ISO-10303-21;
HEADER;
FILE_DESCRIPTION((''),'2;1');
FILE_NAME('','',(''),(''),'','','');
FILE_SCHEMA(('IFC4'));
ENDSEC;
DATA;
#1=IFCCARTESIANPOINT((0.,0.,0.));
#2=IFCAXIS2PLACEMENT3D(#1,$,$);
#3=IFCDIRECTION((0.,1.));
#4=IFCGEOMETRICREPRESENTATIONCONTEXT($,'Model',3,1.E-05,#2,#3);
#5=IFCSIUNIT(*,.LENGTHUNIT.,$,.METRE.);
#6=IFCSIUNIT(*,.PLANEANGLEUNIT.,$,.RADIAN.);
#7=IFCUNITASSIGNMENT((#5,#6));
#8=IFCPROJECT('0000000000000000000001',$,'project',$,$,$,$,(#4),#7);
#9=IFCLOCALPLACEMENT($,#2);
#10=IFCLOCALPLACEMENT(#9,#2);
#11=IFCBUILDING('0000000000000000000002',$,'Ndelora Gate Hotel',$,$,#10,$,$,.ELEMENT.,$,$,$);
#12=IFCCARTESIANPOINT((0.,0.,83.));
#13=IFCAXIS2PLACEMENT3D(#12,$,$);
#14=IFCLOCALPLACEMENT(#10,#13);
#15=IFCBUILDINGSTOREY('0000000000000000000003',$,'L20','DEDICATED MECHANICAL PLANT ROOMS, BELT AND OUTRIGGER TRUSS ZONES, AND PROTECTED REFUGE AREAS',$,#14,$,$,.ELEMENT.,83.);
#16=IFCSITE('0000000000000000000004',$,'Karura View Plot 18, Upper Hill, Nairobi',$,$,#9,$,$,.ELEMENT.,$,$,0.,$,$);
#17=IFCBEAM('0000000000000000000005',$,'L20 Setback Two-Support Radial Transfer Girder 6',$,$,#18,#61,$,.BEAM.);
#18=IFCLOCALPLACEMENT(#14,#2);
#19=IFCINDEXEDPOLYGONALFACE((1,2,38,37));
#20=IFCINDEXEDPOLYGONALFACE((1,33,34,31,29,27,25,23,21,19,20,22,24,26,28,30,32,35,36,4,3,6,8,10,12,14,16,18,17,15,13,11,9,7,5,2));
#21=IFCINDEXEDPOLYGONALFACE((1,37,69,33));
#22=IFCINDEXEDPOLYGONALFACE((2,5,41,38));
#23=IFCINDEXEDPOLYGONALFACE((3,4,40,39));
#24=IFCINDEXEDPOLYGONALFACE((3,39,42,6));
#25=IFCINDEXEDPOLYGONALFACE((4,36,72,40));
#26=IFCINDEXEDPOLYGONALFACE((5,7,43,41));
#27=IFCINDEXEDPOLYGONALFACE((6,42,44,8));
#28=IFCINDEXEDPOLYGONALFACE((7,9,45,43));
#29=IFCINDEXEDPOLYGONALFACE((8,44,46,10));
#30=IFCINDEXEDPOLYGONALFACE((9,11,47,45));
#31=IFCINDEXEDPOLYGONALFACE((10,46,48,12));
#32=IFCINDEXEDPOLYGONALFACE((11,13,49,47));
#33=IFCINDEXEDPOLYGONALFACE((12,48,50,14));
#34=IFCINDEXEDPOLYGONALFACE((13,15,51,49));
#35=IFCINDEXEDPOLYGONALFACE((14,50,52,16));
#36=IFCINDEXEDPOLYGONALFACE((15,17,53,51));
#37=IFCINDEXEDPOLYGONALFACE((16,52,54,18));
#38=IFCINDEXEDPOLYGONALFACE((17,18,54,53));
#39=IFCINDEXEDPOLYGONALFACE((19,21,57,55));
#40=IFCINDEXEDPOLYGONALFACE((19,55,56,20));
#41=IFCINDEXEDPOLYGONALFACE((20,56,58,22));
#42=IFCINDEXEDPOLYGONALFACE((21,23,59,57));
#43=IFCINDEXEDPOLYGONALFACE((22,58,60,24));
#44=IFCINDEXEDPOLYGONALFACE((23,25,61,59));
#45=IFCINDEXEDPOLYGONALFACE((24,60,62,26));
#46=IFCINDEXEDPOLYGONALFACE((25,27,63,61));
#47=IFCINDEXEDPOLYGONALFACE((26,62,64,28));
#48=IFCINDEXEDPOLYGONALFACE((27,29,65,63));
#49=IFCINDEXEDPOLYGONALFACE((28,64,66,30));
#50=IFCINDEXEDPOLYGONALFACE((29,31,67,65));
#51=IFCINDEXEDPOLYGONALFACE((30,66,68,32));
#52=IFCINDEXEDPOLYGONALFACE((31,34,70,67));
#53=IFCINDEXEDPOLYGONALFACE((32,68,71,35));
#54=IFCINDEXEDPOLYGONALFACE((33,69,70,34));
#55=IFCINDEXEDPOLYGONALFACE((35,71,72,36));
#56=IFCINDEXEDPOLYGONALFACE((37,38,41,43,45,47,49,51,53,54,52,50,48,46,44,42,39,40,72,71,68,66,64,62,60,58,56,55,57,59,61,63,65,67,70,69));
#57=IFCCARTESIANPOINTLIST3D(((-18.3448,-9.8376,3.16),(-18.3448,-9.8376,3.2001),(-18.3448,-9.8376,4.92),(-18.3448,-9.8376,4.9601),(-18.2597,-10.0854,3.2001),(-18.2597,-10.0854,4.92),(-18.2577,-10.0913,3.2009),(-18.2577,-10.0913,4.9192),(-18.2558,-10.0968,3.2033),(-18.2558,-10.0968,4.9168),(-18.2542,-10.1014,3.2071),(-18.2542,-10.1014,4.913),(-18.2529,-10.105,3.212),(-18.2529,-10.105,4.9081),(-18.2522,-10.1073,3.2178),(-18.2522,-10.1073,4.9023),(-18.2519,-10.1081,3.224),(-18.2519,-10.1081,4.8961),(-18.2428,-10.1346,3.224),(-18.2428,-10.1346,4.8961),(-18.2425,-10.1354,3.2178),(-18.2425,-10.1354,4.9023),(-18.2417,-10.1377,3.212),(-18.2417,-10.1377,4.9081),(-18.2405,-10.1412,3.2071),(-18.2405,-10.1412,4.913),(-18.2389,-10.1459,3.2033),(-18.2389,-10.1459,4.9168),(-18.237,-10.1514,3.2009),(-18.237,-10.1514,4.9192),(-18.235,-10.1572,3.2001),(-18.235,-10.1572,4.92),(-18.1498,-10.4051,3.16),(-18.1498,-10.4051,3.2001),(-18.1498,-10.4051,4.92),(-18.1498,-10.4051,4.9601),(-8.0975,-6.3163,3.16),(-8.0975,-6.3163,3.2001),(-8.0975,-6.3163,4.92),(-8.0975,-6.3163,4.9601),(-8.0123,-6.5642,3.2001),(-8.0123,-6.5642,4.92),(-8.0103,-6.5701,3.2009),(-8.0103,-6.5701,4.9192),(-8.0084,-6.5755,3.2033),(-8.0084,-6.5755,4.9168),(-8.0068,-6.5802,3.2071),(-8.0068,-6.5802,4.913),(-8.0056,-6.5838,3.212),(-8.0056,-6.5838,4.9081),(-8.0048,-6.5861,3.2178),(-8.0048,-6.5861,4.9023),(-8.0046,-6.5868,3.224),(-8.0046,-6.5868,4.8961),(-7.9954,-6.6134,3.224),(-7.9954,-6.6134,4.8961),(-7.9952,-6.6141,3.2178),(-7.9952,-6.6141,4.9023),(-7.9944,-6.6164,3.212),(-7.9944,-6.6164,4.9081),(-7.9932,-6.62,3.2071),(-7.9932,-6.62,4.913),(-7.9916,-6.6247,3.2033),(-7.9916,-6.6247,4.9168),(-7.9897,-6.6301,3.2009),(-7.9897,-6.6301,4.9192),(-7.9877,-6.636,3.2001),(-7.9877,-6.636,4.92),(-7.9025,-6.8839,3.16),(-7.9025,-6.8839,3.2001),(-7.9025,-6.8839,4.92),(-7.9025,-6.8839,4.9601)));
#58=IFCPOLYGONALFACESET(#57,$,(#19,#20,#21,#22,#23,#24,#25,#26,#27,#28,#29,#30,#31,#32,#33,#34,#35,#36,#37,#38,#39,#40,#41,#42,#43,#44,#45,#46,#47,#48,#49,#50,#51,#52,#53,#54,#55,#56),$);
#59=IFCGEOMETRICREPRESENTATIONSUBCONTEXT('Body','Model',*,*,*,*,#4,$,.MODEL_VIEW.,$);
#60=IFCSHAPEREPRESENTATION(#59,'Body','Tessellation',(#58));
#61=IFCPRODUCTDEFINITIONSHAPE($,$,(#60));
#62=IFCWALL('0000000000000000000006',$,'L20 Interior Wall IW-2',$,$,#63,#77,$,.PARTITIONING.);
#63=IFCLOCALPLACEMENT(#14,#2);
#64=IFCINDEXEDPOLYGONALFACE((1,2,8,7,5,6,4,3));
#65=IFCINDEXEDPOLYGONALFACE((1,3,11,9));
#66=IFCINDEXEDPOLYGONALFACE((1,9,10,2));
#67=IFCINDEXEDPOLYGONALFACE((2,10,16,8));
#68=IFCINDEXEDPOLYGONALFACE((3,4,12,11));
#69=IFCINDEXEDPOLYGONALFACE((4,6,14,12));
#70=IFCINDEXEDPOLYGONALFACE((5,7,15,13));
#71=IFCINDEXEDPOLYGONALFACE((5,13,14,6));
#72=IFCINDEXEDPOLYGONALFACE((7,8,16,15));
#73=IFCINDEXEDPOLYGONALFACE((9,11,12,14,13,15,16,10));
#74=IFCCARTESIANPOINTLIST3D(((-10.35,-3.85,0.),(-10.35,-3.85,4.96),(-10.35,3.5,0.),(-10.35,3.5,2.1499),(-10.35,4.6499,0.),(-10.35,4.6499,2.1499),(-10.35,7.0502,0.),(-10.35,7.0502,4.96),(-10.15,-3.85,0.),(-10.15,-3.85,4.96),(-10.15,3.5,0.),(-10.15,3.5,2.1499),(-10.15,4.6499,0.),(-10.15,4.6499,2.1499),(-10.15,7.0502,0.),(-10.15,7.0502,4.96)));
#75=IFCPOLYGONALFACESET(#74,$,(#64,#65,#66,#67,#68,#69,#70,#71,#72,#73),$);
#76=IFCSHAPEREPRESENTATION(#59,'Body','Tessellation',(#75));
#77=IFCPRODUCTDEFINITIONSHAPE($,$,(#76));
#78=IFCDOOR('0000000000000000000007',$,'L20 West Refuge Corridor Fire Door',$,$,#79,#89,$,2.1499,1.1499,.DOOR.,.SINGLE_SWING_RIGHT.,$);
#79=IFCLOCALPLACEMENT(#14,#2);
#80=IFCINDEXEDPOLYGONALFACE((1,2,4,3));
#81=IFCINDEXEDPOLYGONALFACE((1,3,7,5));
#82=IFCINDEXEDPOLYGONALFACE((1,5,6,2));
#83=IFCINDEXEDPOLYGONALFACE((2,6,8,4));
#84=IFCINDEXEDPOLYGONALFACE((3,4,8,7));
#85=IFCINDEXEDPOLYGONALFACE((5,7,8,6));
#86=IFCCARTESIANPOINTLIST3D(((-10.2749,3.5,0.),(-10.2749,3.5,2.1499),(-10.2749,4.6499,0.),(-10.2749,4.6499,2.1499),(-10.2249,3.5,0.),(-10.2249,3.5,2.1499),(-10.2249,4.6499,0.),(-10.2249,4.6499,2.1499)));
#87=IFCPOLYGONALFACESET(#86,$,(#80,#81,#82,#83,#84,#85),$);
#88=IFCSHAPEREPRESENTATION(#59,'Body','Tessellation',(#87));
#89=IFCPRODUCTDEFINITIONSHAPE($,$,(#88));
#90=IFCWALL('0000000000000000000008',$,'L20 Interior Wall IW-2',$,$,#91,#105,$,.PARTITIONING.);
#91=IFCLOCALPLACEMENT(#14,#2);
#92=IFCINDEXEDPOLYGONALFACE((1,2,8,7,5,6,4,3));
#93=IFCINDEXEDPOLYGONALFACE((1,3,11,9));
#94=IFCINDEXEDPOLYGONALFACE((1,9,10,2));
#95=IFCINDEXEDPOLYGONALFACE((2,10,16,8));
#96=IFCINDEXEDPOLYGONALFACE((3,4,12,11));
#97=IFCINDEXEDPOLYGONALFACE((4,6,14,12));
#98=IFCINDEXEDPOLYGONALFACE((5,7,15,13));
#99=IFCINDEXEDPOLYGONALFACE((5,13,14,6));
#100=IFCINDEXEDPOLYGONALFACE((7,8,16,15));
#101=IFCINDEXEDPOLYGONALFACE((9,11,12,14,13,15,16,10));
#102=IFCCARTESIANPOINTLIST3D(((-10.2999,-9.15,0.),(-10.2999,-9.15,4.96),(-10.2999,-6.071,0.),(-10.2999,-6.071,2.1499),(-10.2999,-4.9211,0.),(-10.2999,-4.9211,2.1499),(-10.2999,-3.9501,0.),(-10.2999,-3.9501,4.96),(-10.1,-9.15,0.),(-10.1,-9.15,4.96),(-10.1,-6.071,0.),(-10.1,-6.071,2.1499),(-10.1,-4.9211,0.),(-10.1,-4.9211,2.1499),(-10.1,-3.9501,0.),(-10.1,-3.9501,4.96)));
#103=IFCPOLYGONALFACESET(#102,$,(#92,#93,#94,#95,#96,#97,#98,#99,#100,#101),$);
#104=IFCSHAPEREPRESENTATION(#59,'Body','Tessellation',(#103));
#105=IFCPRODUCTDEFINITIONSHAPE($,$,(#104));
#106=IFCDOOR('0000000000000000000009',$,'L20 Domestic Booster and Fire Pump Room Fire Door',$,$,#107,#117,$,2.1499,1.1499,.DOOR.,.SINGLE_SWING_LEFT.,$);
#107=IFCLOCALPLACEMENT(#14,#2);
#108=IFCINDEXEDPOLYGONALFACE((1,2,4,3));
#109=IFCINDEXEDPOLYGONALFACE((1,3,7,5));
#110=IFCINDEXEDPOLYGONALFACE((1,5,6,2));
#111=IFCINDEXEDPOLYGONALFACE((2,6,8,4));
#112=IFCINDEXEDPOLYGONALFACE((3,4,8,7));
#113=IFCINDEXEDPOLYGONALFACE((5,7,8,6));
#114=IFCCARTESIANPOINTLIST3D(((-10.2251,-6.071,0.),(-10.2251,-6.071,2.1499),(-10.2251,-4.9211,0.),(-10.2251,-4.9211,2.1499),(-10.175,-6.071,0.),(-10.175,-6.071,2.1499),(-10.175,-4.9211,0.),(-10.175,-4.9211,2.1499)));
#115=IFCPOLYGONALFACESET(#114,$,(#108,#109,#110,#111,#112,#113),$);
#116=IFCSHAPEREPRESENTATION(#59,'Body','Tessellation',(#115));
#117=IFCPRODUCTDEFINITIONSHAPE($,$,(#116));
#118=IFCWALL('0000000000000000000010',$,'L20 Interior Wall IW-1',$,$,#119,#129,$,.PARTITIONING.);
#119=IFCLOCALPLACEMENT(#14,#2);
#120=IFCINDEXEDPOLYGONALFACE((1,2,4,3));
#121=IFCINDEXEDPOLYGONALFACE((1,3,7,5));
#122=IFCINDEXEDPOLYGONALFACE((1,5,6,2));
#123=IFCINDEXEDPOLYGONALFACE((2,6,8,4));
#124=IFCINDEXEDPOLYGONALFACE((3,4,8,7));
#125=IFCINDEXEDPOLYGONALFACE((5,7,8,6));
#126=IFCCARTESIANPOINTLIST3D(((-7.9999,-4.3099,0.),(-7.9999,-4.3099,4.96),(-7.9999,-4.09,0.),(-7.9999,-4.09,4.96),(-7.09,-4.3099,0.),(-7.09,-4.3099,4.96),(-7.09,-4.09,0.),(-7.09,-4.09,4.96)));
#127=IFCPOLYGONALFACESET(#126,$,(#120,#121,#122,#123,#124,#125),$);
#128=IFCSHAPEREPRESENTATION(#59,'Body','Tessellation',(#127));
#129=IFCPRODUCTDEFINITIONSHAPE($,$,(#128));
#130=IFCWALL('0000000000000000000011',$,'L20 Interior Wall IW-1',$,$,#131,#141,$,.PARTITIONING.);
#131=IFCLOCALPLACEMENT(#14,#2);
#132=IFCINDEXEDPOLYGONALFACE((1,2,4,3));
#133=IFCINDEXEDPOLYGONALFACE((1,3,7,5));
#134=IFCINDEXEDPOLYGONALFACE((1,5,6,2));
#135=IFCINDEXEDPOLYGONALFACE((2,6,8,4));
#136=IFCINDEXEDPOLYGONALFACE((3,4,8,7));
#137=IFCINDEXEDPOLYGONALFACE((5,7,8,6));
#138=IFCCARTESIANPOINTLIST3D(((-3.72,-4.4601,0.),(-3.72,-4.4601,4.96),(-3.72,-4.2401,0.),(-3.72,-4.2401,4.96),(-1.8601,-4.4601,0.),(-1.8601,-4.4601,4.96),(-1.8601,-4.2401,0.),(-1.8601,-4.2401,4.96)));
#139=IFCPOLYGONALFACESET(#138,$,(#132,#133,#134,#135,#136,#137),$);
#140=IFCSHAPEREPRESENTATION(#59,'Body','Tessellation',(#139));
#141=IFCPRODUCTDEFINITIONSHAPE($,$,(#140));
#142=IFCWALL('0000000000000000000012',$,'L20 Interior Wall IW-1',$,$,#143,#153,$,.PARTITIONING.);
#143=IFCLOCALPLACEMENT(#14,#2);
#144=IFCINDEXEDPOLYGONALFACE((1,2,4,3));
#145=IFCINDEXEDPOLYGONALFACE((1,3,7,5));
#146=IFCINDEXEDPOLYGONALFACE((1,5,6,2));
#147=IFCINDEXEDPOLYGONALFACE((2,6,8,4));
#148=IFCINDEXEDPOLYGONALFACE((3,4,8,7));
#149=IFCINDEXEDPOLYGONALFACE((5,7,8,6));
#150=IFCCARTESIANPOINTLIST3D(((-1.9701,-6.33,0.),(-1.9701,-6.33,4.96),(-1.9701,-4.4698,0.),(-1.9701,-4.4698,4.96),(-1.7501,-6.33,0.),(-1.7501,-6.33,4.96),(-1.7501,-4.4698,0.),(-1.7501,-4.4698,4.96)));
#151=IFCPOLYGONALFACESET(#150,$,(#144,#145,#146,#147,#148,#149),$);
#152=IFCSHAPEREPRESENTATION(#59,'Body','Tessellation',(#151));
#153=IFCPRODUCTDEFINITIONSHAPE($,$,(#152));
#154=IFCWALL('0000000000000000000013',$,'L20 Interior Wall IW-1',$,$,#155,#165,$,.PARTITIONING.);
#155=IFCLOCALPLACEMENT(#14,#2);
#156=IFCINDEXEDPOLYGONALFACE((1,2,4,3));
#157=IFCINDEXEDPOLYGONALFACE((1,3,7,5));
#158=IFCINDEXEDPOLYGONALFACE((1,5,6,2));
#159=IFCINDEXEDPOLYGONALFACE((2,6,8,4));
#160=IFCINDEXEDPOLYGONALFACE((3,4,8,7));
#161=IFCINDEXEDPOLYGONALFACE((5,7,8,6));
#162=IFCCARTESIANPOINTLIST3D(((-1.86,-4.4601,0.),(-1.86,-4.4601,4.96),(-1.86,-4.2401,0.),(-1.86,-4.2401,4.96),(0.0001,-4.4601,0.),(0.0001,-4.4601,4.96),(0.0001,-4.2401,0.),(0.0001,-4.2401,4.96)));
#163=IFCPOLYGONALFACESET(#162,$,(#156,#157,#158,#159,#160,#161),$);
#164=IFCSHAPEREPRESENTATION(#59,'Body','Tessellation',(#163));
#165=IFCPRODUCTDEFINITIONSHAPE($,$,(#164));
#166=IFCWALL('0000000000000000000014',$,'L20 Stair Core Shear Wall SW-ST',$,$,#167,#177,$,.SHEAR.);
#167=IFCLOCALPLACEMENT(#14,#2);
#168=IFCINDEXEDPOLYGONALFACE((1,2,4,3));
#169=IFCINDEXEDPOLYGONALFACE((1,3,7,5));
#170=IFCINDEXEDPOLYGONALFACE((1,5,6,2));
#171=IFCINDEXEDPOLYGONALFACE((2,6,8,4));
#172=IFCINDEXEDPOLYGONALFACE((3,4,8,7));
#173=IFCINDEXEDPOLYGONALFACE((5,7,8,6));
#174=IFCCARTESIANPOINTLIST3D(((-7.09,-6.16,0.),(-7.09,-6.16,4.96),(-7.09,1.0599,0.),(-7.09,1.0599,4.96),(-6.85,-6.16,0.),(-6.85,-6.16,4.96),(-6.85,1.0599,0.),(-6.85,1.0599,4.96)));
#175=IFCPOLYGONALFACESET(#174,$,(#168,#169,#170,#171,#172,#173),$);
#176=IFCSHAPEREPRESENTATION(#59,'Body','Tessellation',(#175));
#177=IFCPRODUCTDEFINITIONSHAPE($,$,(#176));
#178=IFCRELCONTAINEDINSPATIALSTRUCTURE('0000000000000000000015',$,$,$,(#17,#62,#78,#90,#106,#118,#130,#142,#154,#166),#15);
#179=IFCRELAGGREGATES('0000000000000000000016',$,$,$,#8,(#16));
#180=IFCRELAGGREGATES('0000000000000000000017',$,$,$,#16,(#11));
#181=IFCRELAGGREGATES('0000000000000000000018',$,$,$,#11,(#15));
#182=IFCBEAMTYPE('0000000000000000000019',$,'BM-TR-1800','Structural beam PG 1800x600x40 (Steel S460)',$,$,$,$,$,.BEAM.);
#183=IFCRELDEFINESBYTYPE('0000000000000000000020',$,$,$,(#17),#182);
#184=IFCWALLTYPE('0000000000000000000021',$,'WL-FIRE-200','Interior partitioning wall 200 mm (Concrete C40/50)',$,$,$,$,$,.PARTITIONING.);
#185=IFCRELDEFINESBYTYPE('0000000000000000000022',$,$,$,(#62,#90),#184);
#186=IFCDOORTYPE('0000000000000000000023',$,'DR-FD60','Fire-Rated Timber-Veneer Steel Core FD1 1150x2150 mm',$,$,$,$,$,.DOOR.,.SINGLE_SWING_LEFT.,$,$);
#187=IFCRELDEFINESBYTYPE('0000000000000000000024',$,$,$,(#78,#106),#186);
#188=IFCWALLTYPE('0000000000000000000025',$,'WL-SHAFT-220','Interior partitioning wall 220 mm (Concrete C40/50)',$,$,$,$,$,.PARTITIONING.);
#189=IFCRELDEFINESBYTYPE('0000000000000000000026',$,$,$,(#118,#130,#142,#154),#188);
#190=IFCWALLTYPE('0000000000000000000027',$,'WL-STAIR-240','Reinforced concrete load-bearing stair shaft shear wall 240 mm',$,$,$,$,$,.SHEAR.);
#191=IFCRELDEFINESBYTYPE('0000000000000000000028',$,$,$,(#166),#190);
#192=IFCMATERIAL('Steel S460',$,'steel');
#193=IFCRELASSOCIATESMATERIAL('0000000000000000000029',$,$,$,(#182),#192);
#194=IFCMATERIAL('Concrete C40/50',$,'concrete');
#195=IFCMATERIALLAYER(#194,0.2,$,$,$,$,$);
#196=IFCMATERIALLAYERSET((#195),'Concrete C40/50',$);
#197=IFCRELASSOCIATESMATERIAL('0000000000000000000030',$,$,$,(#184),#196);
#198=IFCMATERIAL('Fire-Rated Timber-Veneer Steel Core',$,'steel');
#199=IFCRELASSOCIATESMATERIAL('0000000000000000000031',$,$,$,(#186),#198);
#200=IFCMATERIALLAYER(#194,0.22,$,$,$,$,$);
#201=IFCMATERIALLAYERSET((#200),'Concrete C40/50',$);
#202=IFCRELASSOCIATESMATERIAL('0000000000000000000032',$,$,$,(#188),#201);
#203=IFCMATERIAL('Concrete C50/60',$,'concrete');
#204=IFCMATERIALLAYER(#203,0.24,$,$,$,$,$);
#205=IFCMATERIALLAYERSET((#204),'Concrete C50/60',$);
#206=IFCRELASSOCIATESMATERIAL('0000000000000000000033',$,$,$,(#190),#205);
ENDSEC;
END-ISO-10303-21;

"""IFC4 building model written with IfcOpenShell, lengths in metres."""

from ifc_helpers import new_model, si_unit, direction, frame, frame_2d, origin, origin_2d, place, context, subcontext, project, spatial, rectangle, i_section, extrude, material, layer, layer_set, material_profile, profile_set, type_object, element, fill, save


model = new_model("IFC4")

# Units and contexts
model_context = context("Model", 3, precision=1e-05, world=origin(), true_north=direction((0.0, 1.0)))
body_context = subcontext(model_context, "Body", "Model", "MODEL_VIEW")
ifc_project = project(units=[si_unit("LENGTHUNIT", "METRE"), si_unit("PLANEANGLEUNIT", "RADIAN")], contexts=[model_context])

# Site, building, storey
site_placement = place(None, origin())
site = spatial("IfcSite", under=ifc_project, at=site_placement, Name="Karura View Plot 18, Upper Hill, Nairobi", CompositionType="ELEMENT", RefElevation=0.0)
building_placement = place(site_placement, origin())
building = spatial("IfcBuilding", under=site, at=building_placement, Name="Ndelora Gate Hotel", CompositionType="ELEMENT")
storey_placement = place(building_placement, frame((0.0, 0.0, 83.0)))
storey = spatial("IfcBuildingStorey", under=building, at=storey_placement, Name="L20", Description="DEDICATED MECHANICAL PLANT ROOMS, BELT AND OUTRIGGER TRUSS ZONES, AND PROTECTED REFUGE AREAS", CompositionType="ELEMENT", Elevation=83.0)

# Beam
ifc_material_1 = material(Name="Steel S460", Category="steel")
ifc_material_profile_1 = material_profile(ifc_material_1, i_section(OverallWidth=0.6001, OverallDepth=1.8, WebThickness=0.0281, FlangeThickness=0.04, FilletRadius=0.0239, at=origin_2d()), Name="PG 1800x600x40")
ifc_profile_set_1 = profile_set([ifc_material_profile_1], Name="Steel S460")
beam_type_1 = type_object("IfcBeamType", Name="BM-TR-1800", Description="Structural beam PG 1800x600x40 (Steel S460)", PredefinedType="BEAM", material=ifc_profile_set_1)
beam_1_placement = place(storey_placement, frame((-8.0, -6.6001, 4.0601), z_axis=(-0.945723, -0.324975, 0.0), x_axis=(0.324975, -0.945723, 0.0)))
element("IfcBeam", 1, at=beam_1_placement, inside=storey, type_object=beam_type_1, Name="L20 Setback Two-Support Radial Transfer Girder 6", PredefinedType="BEAM", context=body_context, shape_type="SweptSolid", body=[
    extrude(i_section(OverallWidth=0.6001, OverallDepth=1.8, WebThickness=0.0281, FlangeThickness=0.04, FilletRadius=0.0239, at=origin_2d()), origin(), (0.0, 0.0, 1.0), 10.8354),
])

# Walls, openings, doors
ifc_material_2 = material(Name="Concrete C40/50", Category="concrete")
ifc_layer_1 = layer(ifc_material_2, 0.2)
ifc_layer_set_1 = layer_set([ifc_layer_1], Name="Concrete C40/50")
wall_type_1 = type_object("IfcWallType", Name="WL-FIRE-200", Description="Interior partitioning wall 200 mm (Concrete C40/50)", PredefinedType="PARTITIONING", material=ifc_layer_set_1)
wall_1_placement = place(storey_placement, frame((-10.25, -3.8501, 0.0), z_axis=(0.0, 0.0, 1.0), x_axis=(0.0, 1.0, 0.0)))
wall_1 = element("IfcWall", 2, at=wall_1_placement, inside=storey, type_object=wall_type_1, Name="L20 Interior Wall IW-2", PredefinedType="PARTITIONING", context=body_context, shape_type="SweptSolid", body=[
    extrude(rectangle(XDim=10.9001, YDim=0.2, at=frame_2d((5.4502, 0.0))), origin(), (0.0, 0.0, 1.0), 4.96),
])
opening_1_placement = place(wall_1_placement, frame((7.3501, 0.0, 0.0)))
opening_1 = element("IfcOpeningElement", 3, at=opening_1_placement, cuts=wall_1, PredefinedType="OPENING", context=body_context, shape_type="SweptSolid", body=[
    extrude(rectangle(XDim=1.1499, YDim=2.1499, at=frame_2d((0.575, 1.075))), frame((0.0, 0.1099, 0.0), z_axis=(0.0, -1.0, 0.0), x_axis=(1.0, 0.0, 0.0)), (0.0, 0.0, 1.0), 0.22),
])
ifc_material_3 = material(Name="Fire-Rated Timber-Veneer Steel Core", Category="steel")
door_type_1 = type_object("IfcDoorType", Name="DR-FD60", Description="Fire-Rated Timber-Veneer Steel Core FD1 1150x2150 mm", OperationType="SINGLE_SWING_LEFT", PredefinedType="DOOR", material=ifc_material_3)
door_1_placement = place(opening_1_placement, origin())
door_1 = element("IfcDoor", 4, at=door_1_placement, inside=storey, type_object=door_type_1, Name="L20 West Refuge Corridor Fire Door", OperationType="SINGLE_SWING_RIGHT", OverallHeight=2.1499, OverallWidth=1.1499, PredefinedType="DOOR", context=body_context, shape_type="SweptSolid", body=[
    extrude(rectangle(XDim=1.1499, YDim=2.1499, at=frame_2d((0.575, 1.075))), frame((0.0, 0.0249, 0.0), z_axis=(0.0, -1.0, 0.0), x_axis=(1.0, 0.0, 0.0)), (0.0, 0.0, 1.0), 0.05),
])
fill(opening_1, door_1)
wall_2_placement = place(storey_placement, frame((-10.2, -3.95, 0.0), z_axis=(0.0, 0.0, 1.0), x_axis=(0.0, -1.0, 0.0)))
wall_2 = element("IfcWall", 5, at=wall_2_placement, inside=storey, type_object=wall_type_1, Name="L20 Interior Wall IW-2", PredefinedType="PARTITIONING", context=body_context, shape_type="SweptSolid", body=[
    extrude(rectangle(XDim=5.2, YDim=0.2, at=frame_2d((2.6001, 0.0))), origin(), (0.0, 0.0, 1.0), 4.96),
])
opening_2_placement = place(wall_2_placement, frame((0.9712, 0.0, 0.0)))
opening_2 = element("IfcOpeningElement", 6, at=opening_2_placement, cuts=wall_2, PredefinedType="OPENING", context=body_context, shape_type="SweptSolid", body=[
    extrude(rectangle(XDim=1.1499, YDim=2.1499, at=frame_2d((0.575, 1.075))), frame((0.0, 0.1099, 0.0), z_axis=(0.0, -1.0, 0.0), x_axis=(1.0, 0.0, 0.0)), (0.0, 0.0, 1.0), 0.22),
])
door_2_placement = place(opening_2_placement, origin())
door_2 = element("IfcDoor", 7, at=door_2_placement, inside=storey, type_object=door_type_1, Name="L20 Domestic Booster and Fire Pump Room Fire Door", OperationType="SINGLE_SWING_LEFT", OverallHeight=2.1499, OverallWidth=1.1499, PredefinedType="DOOR", context=body_context, shape_type="SweptSolid", body=[
    extrude(rectangle(XDim=1.1499, YDim=2.1499, at=frame_2d((0.575, 1.075))), frame((0.0, 0.0249, 0.0), z_axis=(0.0, -1.0, 0.0), x_axis=(1.0, 0.0, 0.0)), (0.0, 0.0, 1.0), 0.05),
])
fill(opening_2, door_2)

# Wall
ifc_layer_2 = layer(ifc_material_2, 0.22)
ifc_layer_set_2 = layer_set([ifc_layer_2], Name="Concrete C40/50")
wall_type_2 = type_object("IfcWallType", Name="WL-SHAFT-220", Description="Interior partitioning wall 220 mm (Concrete C40/50)", PredefinedType="PARTITIONING", material=ifc_layer_set_2)
wall_3_placement = place(storey_placement, frame((-8.0, -4.2, 0.0), z_axis=(0.0, 0.0, 1.0), x_axis=(1.0, 0.0, 0.0)))
element("IfcWall", 8, at=wall_3_placement, inside=storey, type_object=wall_type_2, Name="L20 Interior Wall IW-1", PredefinedType="PARTITIONING", context=body_context, shape_type="SweptSolid", body=[
    extrude(rectangle(XDim=0.9099, YDim=0.22, at=frame_2d((0.4551, 0.0))), origin(), (0.0, 0.0, 1.0), 4.96),
])

# Walls
wall_4_placement = place(storey_placement, frame((-3.72, -4.3501, 0.0), z_axis=(0.0, 0.0, 1.0), x_axis=(1.0, 0.0, 0.0)))
element("IfcWall", 9, at=wall_4_placement, inside=storey, type_object=wall_type_2, Name="L20 Interior Wall IW-1", PredefinedType="PARTITIONING", context=body_context, shape_type="SweptSolid", body=[
    extrude(rectangle(XDim=1.8599, YDim=0.22, at=frame_2d((0.9299, 0.0))), origin(), (0.0, 0.0, 1.0), 4.96),
])
wall_5_placement = place(storey_placement, frame((-1.8601, -6.3301, 0.0), z_axis=(0.0, 0.0, 1.0), x_axis=(0.0, 1.0, 0.0)))
element("IfcWall", 10, at=wall_5_placement, inside=storey, type_object=wall_type_2, Name="L20 Interior Wall IW-1", PredefinedType="PARTITIONING", context=body_context, shape_type="SweptSolid", body=[
    extrude(rectangle(XDim=1.8601, YDim=0.22, at=frame_2d((0.9302, 0.0))), origin(), (0.0, 0.0, 1.0), 4.96),
])

# Walls
wall_6_placement = place(storey_placement, frame((-1.8601, -4.3501, 0.0), z_axis=(0.0, 0.0, 1.0), x_axis=(1.0, 0.0, 0.0)))
element("IfcWall", 11, at=wall_6_placement, inside=storey, type_object=wall_type_2, Name="L20 Interior Wall IW-1", PredefinedType="PARTITIONING", context=body_context, shape_type="SweptSolid", body=[
    extrude(rectangle(XDim=1.8601, YDim=0.22, at=frame_2d((0.9302, 0.0))), origin(), (0.0, 0.0, 1.0), 4.96),
])
ifc_material_4 = material(Name="Concrete C50/60", Category="concrete")
ifc_layer_3 = layer(ifc_material_4, 0.24)
ifc_layer_set_3 = layer_set([ifc_layer_3], Name="Concrete C50/60")
wall_type_3 = type_object("IfcWallType", Name="WL-STAIR-240", Description="Reinforced concrete load-bearing stair shaft shear wall 240 mm", PredefinedType="SHEAR", material=ifc_layer_set_3)
wall_7_placement = place(storey_placement, frame((-6.97, -6.1599, 0.0), z_axis=(0.0, 0.0, 1.0), x_axis=(0.0, 1.0, 0.0)))
element("IfcWall", 12, at=wall_7_placement, inside=storey, type_object=wall_type_3, Name="L20 Stair Core Shear Wall SW-ST", PredefinedType="SHEAR", context=body_context, shape_type="SweptSolid", body=[
    extrude(rectangle(XDim=7.22, YDim=0.24, at=frame_2d((3.6099, 0.0))), origin(), (0.0, 0.0, 1.0), 4.96),
])

save(model, "model.ifc")
